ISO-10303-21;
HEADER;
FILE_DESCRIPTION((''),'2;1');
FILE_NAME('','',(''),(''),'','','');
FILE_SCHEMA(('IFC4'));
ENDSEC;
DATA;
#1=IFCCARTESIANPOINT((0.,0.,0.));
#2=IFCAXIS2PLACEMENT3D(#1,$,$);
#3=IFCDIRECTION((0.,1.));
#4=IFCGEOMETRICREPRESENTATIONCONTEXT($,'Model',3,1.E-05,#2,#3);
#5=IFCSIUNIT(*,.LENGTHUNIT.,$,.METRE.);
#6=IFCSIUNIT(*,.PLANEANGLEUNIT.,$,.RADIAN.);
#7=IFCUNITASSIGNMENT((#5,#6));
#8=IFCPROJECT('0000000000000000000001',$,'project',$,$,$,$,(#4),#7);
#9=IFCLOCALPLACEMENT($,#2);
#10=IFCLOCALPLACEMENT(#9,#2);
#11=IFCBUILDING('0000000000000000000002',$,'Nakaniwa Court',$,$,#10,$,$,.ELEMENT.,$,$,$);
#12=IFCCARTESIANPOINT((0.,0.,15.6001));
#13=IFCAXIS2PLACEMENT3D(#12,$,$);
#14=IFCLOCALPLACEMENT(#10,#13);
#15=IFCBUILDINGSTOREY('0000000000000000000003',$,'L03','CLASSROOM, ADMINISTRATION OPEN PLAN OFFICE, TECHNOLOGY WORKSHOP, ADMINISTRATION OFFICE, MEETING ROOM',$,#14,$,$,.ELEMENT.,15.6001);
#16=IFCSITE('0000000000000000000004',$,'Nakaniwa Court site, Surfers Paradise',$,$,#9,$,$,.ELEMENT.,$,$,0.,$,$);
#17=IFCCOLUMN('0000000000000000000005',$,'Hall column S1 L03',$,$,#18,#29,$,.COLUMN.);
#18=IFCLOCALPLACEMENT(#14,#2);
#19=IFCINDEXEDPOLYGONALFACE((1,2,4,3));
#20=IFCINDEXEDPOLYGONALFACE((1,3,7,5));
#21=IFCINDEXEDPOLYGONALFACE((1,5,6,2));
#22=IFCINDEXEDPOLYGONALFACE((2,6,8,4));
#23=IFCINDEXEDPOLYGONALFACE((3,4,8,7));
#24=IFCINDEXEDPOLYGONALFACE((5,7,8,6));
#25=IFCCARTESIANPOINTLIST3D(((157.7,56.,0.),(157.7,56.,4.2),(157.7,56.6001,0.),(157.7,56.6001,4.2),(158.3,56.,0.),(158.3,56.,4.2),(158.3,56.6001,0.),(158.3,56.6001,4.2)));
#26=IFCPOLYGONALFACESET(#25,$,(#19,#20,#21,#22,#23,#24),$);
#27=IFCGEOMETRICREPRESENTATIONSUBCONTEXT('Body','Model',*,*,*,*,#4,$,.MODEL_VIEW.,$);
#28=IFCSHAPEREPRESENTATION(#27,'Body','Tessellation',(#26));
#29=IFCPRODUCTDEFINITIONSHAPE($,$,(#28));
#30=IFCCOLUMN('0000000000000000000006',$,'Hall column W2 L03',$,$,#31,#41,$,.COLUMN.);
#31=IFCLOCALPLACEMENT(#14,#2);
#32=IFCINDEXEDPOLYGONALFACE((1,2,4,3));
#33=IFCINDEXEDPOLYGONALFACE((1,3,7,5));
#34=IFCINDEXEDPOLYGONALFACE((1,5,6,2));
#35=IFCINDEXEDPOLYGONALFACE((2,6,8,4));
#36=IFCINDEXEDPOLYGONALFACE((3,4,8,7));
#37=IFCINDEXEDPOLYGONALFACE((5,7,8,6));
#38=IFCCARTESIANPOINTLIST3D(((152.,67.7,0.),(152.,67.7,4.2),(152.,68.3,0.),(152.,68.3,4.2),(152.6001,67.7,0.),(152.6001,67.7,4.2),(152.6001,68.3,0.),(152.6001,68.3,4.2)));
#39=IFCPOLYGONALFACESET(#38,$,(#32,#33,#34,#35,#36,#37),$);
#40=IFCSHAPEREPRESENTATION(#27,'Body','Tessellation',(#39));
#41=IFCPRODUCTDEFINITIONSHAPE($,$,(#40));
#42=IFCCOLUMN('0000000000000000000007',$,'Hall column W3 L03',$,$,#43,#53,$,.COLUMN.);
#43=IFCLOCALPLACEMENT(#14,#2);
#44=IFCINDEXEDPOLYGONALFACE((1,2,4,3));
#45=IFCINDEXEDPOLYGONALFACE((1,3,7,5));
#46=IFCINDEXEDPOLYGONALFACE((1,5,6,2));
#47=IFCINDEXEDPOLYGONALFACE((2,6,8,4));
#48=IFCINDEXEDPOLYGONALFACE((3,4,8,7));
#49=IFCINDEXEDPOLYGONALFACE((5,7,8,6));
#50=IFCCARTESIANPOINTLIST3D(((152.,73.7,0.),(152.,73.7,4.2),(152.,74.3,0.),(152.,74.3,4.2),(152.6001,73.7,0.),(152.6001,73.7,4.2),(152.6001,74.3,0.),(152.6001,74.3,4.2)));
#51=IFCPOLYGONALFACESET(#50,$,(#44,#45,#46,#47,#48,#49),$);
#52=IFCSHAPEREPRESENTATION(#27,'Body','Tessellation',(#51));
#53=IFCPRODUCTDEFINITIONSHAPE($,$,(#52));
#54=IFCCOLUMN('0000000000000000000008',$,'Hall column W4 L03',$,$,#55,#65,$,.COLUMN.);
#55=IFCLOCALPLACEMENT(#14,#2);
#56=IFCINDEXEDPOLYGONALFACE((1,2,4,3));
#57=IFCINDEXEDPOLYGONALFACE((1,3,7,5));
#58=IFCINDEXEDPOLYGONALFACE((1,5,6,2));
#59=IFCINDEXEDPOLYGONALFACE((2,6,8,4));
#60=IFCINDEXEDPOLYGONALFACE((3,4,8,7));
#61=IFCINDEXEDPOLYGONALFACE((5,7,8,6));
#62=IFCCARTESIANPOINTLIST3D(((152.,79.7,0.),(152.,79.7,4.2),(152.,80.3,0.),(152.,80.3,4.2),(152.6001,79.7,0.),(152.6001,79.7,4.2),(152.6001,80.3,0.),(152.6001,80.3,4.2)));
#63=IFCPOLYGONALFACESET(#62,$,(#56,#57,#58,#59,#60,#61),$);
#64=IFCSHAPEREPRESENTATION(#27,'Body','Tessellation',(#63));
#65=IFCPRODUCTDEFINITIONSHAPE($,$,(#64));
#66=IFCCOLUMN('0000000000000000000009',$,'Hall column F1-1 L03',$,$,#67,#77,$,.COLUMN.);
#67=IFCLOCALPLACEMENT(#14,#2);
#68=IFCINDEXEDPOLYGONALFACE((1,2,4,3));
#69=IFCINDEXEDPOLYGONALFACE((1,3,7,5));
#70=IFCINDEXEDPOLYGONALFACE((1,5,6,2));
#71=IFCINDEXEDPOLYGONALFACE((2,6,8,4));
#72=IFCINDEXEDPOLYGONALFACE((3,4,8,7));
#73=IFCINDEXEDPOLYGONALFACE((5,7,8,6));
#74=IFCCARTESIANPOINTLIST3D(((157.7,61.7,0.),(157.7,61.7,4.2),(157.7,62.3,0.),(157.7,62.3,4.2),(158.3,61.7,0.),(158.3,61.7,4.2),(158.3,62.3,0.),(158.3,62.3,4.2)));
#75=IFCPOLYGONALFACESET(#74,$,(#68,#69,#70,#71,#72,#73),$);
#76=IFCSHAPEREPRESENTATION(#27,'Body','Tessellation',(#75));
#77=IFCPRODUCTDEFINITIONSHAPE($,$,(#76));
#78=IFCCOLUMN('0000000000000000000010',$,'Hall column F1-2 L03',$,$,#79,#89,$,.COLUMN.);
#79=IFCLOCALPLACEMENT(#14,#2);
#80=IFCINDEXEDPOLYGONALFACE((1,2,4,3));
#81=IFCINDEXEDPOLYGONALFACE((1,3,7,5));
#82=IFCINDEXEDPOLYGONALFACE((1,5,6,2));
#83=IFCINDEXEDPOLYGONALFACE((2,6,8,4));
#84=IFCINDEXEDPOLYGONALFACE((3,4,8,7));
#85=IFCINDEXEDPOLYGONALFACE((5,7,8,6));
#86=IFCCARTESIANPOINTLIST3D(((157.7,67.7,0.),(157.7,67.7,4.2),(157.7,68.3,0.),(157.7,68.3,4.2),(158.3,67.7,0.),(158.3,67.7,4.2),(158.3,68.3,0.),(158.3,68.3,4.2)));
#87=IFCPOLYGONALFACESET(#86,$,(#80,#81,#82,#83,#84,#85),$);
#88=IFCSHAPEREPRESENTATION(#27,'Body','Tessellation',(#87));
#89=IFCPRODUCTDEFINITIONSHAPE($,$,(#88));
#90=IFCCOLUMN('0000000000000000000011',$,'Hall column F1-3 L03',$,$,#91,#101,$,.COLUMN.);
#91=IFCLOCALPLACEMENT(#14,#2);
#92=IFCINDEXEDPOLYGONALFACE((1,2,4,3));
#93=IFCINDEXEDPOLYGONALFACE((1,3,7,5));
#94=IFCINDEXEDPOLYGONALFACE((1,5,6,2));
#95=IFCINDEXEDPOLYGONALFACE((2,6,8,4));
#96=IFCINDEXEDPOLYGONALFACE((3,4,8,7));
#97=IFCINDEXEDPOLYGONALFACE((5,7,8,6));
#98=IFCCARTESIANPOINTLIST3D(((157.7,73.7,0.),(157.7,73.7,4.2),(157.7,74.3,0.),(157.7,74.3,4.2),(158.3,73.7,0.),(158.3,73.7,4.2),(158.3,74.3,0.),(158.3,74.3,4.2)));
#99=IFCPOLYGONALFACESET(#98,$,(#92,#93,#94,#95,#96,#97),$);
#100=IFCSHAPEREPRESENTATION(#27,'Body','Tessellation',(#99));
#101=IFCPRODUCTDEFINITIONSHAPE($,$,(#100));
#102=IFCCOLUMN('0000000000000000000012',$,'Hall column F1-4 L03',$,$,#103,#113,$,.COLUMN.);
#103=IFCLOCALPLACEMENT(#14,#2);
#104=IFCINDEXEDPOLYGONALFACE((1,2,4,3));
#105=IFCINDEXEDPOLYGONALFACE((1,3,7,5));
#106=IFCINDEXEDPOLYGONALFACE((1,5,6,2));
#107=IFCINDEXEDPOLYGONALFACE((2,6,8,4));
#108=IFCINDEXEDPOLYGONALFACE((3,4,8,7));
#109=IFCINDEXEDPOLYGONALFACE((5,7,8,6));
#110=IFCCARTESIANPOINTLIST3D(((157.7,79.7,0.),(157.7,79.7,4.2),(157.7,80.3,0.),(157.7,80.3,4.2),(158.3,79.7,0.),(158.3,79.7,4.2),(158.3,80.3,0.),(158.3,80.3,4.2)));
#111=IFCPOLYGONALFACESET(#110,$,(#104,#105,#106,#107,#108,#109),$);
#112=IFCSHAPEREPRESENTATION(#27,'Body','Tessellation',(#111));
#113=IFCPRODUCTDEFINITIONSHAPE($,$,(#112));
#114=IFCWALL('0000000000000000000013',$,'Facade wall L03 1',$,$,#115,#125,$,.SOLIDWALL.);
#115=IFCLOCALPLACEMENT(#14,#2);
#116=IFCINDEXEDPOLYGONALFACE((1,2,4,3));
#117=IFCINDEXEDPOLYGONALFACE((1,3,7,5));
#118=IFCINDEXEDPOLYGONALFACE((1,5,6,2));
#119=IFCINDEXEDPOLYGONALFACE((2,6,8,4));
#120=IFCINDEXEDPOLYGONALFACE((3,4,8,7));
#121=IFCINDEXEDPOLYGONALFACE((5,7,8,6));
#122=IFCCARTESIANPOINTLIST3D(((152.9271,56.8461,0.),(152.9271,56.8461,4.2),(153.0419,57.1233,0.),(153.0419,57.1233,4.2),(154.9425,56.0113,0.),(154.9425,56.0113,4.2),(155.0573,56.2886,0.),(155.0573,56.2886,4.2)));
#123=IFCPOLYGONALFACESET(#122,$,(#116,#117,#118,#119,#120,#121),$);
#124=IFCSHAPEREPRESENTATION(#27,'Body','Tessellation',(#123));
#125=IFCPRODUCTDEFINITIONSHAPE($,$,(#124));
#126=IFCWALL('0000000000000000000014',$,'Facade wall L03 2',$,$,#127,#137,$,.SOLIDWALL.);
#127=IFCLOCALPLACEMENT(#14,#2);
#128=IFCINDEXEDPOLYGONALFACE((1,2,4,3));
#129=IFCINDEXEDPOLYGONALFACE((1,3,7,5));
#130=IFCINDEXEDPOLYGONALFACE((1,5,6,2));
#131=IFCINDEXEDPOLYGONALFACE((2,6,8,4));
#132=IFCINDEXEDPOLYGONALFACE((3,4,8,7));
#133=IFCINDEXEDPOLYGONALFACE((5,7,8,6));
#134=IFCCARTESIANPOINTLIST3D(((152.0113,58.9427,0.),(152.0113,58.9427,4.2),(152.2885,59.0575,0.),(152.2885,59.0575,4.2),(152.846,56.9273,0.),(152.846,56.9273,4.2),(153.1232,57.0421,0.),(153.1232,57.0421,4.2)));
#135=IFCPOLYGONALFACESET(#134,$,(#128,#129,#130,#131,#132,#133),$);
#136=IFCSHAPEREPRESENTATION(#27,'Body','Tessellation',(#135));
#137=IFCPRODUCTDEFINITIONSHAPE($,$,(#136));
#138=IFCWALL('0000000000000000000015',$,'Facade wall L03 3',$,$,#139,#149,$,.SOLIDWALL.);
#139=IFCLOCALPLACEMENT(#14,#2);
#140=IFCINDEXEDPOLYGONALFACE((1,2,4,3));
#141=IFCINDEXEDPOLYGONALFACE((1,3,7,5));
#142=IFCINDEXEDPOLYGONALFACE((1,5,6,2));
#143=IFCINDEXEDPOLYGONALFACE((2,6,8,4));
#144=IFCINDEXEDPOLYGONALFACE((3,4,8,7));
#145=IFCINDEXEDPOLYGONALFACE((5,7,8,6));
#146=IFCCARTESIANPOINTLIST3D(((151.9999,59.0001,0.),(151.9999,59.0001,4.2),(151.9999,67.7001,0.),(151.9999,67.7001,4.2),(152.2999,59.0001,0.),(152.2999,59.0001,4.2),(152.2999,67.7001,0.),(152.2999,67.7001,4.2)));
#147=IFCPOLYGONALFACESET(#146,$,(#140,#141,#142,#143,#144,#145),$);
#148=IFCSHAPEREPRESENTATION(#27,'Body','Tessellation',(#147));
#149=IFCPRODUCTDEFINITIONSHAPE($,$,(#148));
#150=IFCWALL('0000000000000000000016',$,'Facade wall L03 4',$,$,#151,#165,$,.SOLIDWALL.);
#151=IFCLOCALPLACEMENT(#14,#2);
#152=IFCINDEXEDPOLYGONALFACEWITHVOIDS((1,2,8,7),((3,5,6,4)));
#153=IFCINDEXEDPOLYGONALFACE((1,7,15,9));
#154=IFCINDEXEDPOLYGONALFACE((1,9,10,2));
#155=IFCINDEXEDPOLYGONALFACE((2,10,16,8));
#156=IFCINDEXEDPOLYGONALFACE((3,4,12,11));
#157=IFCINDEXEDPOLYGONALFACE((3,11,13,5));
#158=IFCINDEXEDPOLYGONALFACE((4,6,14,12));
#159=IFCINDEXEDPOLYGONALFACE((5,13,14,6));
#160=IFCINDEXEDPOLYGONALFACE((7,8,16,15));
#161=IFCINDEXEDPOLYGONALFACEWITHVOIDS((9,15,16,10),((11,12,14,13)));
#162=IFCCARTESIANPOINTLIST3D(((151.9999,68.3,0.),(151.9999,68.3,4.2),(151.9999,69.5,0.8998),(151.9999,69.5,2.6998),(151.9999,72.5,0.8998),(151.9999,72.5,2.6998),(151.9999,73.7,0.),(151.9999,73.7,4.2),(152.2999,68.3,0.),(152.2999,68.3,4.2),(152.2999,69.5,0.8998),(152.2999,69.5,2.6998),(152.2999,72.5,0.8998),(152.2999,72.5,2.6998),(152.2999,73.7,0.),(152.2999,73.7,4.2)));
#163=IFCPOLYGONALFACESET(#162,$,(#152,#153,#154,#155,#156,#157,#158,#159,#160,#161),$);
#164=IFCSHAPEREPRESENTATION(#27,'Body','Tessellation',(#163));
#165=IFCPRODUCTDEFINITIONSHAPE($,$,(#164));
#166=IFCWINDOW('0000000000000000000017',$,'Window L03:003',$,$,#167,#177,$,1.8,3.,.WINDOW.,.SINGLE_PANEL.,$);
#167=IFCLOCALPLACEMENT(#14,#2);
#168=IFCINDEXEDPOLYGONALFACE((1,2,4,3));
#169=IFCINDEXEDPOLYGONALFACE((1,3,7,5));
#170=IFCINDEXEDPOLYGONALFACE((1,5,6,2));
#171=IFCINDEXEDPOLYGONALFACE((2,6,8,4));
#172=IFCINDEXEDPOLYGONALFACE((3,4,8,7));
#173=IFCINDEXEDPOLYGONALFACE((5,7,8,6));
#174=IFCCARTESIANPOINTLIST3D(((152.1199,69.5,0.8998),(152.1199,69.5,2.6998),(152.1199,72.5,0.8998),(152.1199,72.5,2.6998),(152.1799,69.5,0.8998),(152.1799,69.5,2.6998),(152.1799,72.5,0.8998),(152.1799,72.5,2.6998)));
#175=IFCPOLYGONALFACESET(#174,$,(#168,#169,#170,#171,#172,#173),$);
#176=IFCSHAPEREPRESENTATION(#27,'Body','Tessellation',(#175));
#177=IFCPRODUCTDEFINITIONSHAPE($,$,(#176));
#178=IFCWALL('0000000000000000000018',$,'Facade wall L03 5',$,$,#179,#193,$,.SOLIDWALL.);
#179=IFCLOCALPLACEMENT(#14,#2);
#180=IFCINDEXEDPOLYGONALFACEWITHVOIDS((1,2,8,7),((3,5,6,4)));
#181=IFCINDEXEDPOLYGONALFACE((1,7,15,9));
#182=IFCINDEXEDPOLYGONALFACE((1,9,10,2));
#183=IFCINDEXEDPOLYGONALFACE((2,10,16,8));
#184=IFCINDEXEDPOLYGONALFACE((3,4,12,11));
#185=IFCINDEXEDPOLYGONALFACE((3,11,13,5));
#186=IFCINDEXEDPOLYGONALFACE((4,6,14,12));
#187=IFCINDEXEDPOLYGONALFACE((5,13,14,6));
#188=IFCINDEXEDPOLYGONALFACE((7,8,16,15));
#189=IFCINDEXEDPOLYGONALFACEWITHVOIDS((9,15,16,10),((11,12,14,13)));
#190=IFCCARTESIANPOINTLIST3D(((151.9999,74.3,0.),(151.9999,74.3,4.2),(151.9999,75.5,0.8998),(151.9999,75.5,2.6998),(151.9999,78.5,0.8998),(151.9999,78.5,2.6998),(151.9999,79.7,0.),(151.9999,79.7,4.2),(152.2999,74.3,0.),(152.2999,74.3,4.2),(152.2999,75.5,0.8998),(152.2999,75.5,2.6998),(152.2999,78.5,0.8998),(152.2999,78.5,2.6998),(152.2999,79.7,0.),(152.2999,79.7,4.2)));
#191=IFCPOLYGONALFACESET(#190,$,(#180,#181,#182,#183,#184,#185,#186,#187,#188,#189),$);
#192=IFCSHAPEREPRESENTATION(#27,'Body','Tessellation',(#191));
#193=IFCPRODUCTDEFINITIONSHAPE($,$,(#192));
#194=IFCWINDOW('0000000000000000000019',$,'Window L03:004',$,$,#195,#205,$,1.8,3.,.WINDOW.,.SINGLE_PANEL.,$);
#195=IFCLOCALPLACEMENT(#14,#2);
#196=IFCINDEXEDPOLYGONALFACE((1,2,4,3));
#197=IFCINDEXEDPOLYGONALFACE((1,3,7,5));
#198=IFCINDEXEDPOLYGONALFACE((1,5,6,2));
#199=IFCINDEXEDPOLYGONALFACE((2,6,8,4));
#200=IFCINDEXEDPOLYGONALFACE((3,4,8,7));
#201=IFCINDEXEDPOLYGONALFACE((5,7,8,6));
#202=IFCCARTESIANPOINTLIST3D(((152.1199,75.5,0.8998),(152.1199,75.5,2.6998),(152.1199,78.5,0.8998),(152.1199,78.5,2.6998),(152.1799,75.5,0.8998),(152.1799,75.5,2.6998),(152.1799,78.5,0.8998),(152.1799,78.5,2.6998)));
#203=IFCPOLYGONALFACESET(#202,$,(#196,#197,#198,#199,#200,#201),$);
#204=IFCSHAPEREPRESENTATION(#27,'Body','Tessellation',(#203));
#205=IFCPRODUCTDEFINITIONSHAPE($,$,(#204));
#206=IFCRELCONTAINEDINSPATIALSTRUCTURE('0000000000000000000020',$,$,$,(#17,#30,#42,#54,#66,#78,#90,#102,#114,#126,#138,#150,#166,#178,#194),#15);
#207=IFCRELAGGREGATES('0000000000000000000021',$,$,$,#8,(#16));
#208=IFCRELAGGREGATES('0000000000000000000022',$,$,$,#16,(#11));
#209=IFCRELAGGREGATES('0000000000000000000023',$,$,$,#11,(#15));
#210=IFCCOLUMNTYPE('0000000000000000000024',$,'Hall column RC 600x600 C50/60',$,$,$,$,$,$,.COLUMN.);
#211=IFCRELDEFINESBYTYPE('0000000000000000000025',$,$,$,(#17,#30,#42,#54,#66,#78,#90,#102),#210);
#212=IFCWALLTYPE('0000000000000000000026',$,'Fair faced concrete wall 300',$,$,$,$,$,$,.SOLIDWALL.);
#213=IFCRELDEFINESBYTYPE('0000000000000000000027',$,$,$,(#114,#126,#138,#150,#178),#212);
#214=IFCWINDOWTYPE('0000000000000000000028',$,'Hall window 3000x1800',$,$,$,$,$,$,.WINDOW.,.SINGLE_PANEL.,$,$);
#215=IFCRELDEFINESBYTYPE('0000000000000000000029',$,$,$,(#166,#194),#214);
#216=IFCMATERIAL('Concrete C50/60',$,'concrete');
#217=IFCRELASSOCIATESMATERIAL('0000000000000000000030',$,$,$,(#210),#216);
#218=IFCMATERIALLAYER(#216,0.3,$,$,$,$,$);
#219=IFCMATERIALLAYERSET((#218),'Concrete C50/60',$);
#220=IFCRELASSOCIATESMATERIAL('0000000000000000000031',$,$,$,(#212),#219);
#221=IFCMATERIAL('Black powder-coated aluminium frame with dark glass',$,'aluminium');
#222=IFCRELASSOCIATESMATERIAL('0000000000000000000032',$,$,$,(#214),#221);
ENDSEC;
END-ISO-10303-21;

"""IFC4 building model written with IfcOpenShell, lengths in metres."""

from ifc_helpers import new_model, si_unit, direction, frame, frame_2d, origin, origin_2d, place, context, subcontext, project, spatial, rectangle, extrude, material, layer, layer_set, material_profile, profile_set, type_object, element, fill, save


model = new_model("IFC4")

# Units and contexts
model_context = context("Model", 3, precision=1e-05, world=origin(), true_north=direction((0.0, 1.0)))
body_context = subcontext(model_context, "Body", "Model", "MODEL_VIEW")
ifc_project = project(units=[si_unit("LENGTHUNIT", "METRE"), si_unit("PLANEANGLEUNIT", "RADIAN")], contexts=[model_context])

# Site, building, storey
site_placement = place(None, origin())
site = spatial("IfcSite", under=ifc_project, at=site_placement, Name="Nakaniwa Court site, Surfers Paradise", CompositionType="ELEMENT", RefElevation=0.0)
building_placement = place(site_placement, origin())
building = spatial("IfcBuilding", under=site, at=building_placement, Name="Nakaniwa Court", CompositionType="ELEMENT")
storey_placement = place(building_placement, frame((0.0, 0.0, 15.6001)))
storey = spatial("IfcBuildingStorey", under=building, at=storey_placement, Name="L03", Description="CLASSROOM, ADMINISTRATION OPEN PLAN OFFICE, TECHNOLOGY WORKSHOP, ADMINISTRATION OFFICE, MEETING ROOM", CompositionType="ELEMENT", Elevation=15.6001)

# Columns
ifc_material_1 = material(Name="Concrete C50/60", Category="concrete")
ifc_material_profile = material_profile(ifc_material_1, rectangle(XDim=0.6001, YDim=0.6001, at=origin_2d()), Name="RC 600x600")
ifc_profile_set = profile_set([ifc_material_profile], Name="Concrete C50/60")
column_type = type_object("IfcColumnType", Name="Hall column RC 600x600 C50/60", PredefinedType="COLUMN", material=ifc_profile_set)
for number, where, z_axis, x_axis, name in (
    (1, (158.0, 56.3, 0.0), (0.0, 0.0, 1.0), (1.0, 0.0, 0.0), "Hall column S1 L03"),
    (2, (152.3, 68.0, 0.0), (0.0, 0.0, 1.0), (1.0, 0.0, 0.0), "Hall column W2 L03"),
    (3, (152.3, 74.0, 0.0), (0.0, 0.0, 1.0), (1.0, 0.0, 0.0), "Hall column W3 L03"),
    (4, (152.3, 80.0, 0.0), (0.0, 0.0, 1.0), (1.0, 0.0, 0.0), "Hall column W4 L03"),
    (5, (158.0, 62.0, 0.0), (0.0, 0.0, 1.0), (1.0, 0.0, 0.0), "Hall column F1-1 L03"),
    (6, (158.0, 68.0, 0.0), (0.0, 0.0, 1.0), (1.0, 0.0, 0.0), "Hall column F1-2 L03"),
    (7, (158.0, 74.0, 0.0), (0.0, 0.0, 1.0), (1.0, 0.0, 0.0), "Hall column F1-3 L03"),
    (8, (158.0, 80.0, 0.0), (0.0, 0.0, 1.0), (1.0, 0.0, 0.0), "Hall column F1-4 L03"),
):
    element("IfcColumn", number, at=place(storey_placement, frame(where, z_axis=z_axis, x_axis=x_axis)), inside=storey, type_object=column_type, Name=name, PredefinedType="COLUMN", context=body_context, shape_type="SweptSolid", body=[
        extrude(rectangle(XDim=0.6001, YDim=0.6001, at=origin_2d()), origin(), (0.0, 0.0, 1.0), 4.2),
    ])

# Walls
ifc_layer_1 = layer(ifc_material_1, 0.3)
ifc_layer_set_1 = layer_set([ifc_layer_1], Name="Concrete C50/60")
wall_type_1 = type_object("IfcWallType", Name="Fair faced concrete wall 300", PredefinedType="SOLIDWALL", material=ifc_layer_set_1)
for number, where, z_axis, x_axis, name in (
    (9, (155.0, 56.1499, 0.0), (0.0, 0.0, 1.0), (-0.923893, 0.382652, 0.0), "Facade wall L03 1"),
    (10, (152.9846, 56.9846, 0.0), (0.0, 0.0, 1.0), (-0.382652, 0.923893, 0.0), "Facade wall L03 2"),
):
    element("IfcWall", number, at=place(storey_placement, frame(where, z_axis=z_axis, x_axis=x_axis)), inside=storey, type_object=wall_type_1, Name=name, PredefinedType="SOLIDWALL", context=body_context, shape_type="SweptSolid", body=[
        extrude(rectangle(XDim=2.1814, YDim=0.3, at=frame_2d((1.0908, 0.0))), origin(), (0.0, 0.0, 1.0), 4.2),
    ])
wall_1_placement = place(storey_placement, frame((152.1499, 59.0, 0.0), z_axis=(0.0, 0.0, 1.0), x_axis=(0.0, 1.0, 0.0)))
element("IfcWall", 11, at=wall_1_placement, inside=storey, type_object=wall_type_1, Name="Facade wall L03 3", PredefinedType="SOLIDWALL", context=body_context, shape_type="SweptSolid", body=[
    extrude(rectangle(XDim=8.7, YDim=0.3, at=frame_2d((4.3501, 0.0))), origin(), (0.0, 0.0, 1.0), 4.2),
])

# Walls, openings, windows
wall_2_placement = place(storey_placement, frame((152.1499, 68.3, 0.0), z_axis=(0.0, 0.0, 1.0), x_axis=(0.0, 1.0, 0.0)))
wall_2 = element("IfcWall", 12, at=wall_2_placement, inside=storey, type_object=wall_type_1, Name="Facade wall L03 4", PredefinedType="SOLIDWALL", context=body_context, shape_type="SweptSolid", body=[
    extrude(rectangle(XDim=5.3999, YDim=0.3, at=frame_2d((2.7, 0.0))), origin(), (0.0, 0.0, 1.0), 4.2),
])
opening_1_placement = place(wall_2_placement, frame((1.2, 0.0, 0.8999)))
opening_1 = element("IfcOpeningElement", 13, at=opening_1_placement, cuts=wall_2, PredefinedType="OPENING", context=body_context, shape_type="SweptSolid", body=[
    extrude(rectangle(XDim=3.0, YDim=1.8, at=frame_2d((1.5, 0.8999))), frame((0.0, 0.1599, 0.0), z_axis=(0.0, -1.0, 0.0), x_axis=(1.0, 0.0, 0.0)), (0.0, 0.0, 1.0), 0.3201),
])
ifc_material_2 = material(Name="Black powder-coated aluminium frame with dark glass", Category="aluminium")
window_type = type_object("IfcWindowType", Name="Hall window 3000x1800", PartitioningType="SINGLE_PANEL", PredefinedType="WINDOW", material=ifc_material_2)
window_1_placement = place(opening_1_placement, origin())
window_1 = element("IfcWindow", 14, at=window_1_placement, inside=storey, type_object=window_type, Name="Window L03:003", OverallHeight=1.8, OverallWidth=3.0, PartitioningType="SINGLE_PANEL", PredefinedType="WINDOW", context=body_context, shape_type="SweptSolid", body=[
    extrude(rectangle(XDim=3.0, YDim=1.8, at=frame_2d((1.5, 0.8999))), frame((0.0, 0.03, 0.0), z_axis=(0.0, -1.0, 0.0), x_axis=(1.0, 0.0, 0.0)), (0.0, 0.0, 1.0), 0.0601),
])
fill(opening_1, window_1)
wall_3_placement = place(storey_placement, frame((152.1499, 74.3, 0.0), z_axis=(0.0, 0.0, 1.0), x_axis=(0.0, 1.0, 0.0)))
wall_3 = element("IfcWall", 15, at=wall_3_placement, inside=storey, type_object=wall_type_1, Name="Facade wall L03 5", PredefinedType="SOLIDWALL", context=body_context, shape_type="SweptSolid", body=[
    extrude(rectangle(XDim=5.3999, YDim=0.3, at=frame_2d((2.7, 0.0))), origin(), (0.0, 0.0, 1.0), 4.2),
])
opening_2_placement = place(wall_3_placement, frame((1.2, 0.0, 0.8999)))
opening_2 = element("IfcOpeningElement", 16, at=opening_2_placement, cuts=wall_3, PredefinedType="OPENING", context=body_context, shape_type="SweptSolid", body=[
    extrude(rectangle(XDim=3.0, YDim=1.8, at=frame_2d((1.5, 0.8999))), frame((0.0, 0.1599, 0.0), z_axis=(0.0, -1.0, 0.0), x_axis=(1.0, 0.0, 0.0)), (0.0, 0.0, 1.0), 0.3201),
])
window_2_placement = place(opening_2_placement, origin())
window_2 = element("IfcWindow", 17, at=window_2_placement, inside=storey, type_object=window_type, Name="Window L03:004", OverallHeight=1.8, OverallWidth=3.0, PartitioningType="SINGLE_PANEL", PredefinedType="WINDOW", context=body_context, shape_type="SweptSolid", body=[
    extrude(rectangle(XDim=3.0, YDim=1.8, at=frame_2d((1.5, 0.8999))), frame((0.0, 0.03, 0.0), z_axis=(0.0, -1.0, 0.0), x_axis=(1.0, 0.0, 0.0)), (0.0, 0.0, 1.0), 0.0601),
])
fill(opening_2, window_2)

save(model, "model.ifc")
